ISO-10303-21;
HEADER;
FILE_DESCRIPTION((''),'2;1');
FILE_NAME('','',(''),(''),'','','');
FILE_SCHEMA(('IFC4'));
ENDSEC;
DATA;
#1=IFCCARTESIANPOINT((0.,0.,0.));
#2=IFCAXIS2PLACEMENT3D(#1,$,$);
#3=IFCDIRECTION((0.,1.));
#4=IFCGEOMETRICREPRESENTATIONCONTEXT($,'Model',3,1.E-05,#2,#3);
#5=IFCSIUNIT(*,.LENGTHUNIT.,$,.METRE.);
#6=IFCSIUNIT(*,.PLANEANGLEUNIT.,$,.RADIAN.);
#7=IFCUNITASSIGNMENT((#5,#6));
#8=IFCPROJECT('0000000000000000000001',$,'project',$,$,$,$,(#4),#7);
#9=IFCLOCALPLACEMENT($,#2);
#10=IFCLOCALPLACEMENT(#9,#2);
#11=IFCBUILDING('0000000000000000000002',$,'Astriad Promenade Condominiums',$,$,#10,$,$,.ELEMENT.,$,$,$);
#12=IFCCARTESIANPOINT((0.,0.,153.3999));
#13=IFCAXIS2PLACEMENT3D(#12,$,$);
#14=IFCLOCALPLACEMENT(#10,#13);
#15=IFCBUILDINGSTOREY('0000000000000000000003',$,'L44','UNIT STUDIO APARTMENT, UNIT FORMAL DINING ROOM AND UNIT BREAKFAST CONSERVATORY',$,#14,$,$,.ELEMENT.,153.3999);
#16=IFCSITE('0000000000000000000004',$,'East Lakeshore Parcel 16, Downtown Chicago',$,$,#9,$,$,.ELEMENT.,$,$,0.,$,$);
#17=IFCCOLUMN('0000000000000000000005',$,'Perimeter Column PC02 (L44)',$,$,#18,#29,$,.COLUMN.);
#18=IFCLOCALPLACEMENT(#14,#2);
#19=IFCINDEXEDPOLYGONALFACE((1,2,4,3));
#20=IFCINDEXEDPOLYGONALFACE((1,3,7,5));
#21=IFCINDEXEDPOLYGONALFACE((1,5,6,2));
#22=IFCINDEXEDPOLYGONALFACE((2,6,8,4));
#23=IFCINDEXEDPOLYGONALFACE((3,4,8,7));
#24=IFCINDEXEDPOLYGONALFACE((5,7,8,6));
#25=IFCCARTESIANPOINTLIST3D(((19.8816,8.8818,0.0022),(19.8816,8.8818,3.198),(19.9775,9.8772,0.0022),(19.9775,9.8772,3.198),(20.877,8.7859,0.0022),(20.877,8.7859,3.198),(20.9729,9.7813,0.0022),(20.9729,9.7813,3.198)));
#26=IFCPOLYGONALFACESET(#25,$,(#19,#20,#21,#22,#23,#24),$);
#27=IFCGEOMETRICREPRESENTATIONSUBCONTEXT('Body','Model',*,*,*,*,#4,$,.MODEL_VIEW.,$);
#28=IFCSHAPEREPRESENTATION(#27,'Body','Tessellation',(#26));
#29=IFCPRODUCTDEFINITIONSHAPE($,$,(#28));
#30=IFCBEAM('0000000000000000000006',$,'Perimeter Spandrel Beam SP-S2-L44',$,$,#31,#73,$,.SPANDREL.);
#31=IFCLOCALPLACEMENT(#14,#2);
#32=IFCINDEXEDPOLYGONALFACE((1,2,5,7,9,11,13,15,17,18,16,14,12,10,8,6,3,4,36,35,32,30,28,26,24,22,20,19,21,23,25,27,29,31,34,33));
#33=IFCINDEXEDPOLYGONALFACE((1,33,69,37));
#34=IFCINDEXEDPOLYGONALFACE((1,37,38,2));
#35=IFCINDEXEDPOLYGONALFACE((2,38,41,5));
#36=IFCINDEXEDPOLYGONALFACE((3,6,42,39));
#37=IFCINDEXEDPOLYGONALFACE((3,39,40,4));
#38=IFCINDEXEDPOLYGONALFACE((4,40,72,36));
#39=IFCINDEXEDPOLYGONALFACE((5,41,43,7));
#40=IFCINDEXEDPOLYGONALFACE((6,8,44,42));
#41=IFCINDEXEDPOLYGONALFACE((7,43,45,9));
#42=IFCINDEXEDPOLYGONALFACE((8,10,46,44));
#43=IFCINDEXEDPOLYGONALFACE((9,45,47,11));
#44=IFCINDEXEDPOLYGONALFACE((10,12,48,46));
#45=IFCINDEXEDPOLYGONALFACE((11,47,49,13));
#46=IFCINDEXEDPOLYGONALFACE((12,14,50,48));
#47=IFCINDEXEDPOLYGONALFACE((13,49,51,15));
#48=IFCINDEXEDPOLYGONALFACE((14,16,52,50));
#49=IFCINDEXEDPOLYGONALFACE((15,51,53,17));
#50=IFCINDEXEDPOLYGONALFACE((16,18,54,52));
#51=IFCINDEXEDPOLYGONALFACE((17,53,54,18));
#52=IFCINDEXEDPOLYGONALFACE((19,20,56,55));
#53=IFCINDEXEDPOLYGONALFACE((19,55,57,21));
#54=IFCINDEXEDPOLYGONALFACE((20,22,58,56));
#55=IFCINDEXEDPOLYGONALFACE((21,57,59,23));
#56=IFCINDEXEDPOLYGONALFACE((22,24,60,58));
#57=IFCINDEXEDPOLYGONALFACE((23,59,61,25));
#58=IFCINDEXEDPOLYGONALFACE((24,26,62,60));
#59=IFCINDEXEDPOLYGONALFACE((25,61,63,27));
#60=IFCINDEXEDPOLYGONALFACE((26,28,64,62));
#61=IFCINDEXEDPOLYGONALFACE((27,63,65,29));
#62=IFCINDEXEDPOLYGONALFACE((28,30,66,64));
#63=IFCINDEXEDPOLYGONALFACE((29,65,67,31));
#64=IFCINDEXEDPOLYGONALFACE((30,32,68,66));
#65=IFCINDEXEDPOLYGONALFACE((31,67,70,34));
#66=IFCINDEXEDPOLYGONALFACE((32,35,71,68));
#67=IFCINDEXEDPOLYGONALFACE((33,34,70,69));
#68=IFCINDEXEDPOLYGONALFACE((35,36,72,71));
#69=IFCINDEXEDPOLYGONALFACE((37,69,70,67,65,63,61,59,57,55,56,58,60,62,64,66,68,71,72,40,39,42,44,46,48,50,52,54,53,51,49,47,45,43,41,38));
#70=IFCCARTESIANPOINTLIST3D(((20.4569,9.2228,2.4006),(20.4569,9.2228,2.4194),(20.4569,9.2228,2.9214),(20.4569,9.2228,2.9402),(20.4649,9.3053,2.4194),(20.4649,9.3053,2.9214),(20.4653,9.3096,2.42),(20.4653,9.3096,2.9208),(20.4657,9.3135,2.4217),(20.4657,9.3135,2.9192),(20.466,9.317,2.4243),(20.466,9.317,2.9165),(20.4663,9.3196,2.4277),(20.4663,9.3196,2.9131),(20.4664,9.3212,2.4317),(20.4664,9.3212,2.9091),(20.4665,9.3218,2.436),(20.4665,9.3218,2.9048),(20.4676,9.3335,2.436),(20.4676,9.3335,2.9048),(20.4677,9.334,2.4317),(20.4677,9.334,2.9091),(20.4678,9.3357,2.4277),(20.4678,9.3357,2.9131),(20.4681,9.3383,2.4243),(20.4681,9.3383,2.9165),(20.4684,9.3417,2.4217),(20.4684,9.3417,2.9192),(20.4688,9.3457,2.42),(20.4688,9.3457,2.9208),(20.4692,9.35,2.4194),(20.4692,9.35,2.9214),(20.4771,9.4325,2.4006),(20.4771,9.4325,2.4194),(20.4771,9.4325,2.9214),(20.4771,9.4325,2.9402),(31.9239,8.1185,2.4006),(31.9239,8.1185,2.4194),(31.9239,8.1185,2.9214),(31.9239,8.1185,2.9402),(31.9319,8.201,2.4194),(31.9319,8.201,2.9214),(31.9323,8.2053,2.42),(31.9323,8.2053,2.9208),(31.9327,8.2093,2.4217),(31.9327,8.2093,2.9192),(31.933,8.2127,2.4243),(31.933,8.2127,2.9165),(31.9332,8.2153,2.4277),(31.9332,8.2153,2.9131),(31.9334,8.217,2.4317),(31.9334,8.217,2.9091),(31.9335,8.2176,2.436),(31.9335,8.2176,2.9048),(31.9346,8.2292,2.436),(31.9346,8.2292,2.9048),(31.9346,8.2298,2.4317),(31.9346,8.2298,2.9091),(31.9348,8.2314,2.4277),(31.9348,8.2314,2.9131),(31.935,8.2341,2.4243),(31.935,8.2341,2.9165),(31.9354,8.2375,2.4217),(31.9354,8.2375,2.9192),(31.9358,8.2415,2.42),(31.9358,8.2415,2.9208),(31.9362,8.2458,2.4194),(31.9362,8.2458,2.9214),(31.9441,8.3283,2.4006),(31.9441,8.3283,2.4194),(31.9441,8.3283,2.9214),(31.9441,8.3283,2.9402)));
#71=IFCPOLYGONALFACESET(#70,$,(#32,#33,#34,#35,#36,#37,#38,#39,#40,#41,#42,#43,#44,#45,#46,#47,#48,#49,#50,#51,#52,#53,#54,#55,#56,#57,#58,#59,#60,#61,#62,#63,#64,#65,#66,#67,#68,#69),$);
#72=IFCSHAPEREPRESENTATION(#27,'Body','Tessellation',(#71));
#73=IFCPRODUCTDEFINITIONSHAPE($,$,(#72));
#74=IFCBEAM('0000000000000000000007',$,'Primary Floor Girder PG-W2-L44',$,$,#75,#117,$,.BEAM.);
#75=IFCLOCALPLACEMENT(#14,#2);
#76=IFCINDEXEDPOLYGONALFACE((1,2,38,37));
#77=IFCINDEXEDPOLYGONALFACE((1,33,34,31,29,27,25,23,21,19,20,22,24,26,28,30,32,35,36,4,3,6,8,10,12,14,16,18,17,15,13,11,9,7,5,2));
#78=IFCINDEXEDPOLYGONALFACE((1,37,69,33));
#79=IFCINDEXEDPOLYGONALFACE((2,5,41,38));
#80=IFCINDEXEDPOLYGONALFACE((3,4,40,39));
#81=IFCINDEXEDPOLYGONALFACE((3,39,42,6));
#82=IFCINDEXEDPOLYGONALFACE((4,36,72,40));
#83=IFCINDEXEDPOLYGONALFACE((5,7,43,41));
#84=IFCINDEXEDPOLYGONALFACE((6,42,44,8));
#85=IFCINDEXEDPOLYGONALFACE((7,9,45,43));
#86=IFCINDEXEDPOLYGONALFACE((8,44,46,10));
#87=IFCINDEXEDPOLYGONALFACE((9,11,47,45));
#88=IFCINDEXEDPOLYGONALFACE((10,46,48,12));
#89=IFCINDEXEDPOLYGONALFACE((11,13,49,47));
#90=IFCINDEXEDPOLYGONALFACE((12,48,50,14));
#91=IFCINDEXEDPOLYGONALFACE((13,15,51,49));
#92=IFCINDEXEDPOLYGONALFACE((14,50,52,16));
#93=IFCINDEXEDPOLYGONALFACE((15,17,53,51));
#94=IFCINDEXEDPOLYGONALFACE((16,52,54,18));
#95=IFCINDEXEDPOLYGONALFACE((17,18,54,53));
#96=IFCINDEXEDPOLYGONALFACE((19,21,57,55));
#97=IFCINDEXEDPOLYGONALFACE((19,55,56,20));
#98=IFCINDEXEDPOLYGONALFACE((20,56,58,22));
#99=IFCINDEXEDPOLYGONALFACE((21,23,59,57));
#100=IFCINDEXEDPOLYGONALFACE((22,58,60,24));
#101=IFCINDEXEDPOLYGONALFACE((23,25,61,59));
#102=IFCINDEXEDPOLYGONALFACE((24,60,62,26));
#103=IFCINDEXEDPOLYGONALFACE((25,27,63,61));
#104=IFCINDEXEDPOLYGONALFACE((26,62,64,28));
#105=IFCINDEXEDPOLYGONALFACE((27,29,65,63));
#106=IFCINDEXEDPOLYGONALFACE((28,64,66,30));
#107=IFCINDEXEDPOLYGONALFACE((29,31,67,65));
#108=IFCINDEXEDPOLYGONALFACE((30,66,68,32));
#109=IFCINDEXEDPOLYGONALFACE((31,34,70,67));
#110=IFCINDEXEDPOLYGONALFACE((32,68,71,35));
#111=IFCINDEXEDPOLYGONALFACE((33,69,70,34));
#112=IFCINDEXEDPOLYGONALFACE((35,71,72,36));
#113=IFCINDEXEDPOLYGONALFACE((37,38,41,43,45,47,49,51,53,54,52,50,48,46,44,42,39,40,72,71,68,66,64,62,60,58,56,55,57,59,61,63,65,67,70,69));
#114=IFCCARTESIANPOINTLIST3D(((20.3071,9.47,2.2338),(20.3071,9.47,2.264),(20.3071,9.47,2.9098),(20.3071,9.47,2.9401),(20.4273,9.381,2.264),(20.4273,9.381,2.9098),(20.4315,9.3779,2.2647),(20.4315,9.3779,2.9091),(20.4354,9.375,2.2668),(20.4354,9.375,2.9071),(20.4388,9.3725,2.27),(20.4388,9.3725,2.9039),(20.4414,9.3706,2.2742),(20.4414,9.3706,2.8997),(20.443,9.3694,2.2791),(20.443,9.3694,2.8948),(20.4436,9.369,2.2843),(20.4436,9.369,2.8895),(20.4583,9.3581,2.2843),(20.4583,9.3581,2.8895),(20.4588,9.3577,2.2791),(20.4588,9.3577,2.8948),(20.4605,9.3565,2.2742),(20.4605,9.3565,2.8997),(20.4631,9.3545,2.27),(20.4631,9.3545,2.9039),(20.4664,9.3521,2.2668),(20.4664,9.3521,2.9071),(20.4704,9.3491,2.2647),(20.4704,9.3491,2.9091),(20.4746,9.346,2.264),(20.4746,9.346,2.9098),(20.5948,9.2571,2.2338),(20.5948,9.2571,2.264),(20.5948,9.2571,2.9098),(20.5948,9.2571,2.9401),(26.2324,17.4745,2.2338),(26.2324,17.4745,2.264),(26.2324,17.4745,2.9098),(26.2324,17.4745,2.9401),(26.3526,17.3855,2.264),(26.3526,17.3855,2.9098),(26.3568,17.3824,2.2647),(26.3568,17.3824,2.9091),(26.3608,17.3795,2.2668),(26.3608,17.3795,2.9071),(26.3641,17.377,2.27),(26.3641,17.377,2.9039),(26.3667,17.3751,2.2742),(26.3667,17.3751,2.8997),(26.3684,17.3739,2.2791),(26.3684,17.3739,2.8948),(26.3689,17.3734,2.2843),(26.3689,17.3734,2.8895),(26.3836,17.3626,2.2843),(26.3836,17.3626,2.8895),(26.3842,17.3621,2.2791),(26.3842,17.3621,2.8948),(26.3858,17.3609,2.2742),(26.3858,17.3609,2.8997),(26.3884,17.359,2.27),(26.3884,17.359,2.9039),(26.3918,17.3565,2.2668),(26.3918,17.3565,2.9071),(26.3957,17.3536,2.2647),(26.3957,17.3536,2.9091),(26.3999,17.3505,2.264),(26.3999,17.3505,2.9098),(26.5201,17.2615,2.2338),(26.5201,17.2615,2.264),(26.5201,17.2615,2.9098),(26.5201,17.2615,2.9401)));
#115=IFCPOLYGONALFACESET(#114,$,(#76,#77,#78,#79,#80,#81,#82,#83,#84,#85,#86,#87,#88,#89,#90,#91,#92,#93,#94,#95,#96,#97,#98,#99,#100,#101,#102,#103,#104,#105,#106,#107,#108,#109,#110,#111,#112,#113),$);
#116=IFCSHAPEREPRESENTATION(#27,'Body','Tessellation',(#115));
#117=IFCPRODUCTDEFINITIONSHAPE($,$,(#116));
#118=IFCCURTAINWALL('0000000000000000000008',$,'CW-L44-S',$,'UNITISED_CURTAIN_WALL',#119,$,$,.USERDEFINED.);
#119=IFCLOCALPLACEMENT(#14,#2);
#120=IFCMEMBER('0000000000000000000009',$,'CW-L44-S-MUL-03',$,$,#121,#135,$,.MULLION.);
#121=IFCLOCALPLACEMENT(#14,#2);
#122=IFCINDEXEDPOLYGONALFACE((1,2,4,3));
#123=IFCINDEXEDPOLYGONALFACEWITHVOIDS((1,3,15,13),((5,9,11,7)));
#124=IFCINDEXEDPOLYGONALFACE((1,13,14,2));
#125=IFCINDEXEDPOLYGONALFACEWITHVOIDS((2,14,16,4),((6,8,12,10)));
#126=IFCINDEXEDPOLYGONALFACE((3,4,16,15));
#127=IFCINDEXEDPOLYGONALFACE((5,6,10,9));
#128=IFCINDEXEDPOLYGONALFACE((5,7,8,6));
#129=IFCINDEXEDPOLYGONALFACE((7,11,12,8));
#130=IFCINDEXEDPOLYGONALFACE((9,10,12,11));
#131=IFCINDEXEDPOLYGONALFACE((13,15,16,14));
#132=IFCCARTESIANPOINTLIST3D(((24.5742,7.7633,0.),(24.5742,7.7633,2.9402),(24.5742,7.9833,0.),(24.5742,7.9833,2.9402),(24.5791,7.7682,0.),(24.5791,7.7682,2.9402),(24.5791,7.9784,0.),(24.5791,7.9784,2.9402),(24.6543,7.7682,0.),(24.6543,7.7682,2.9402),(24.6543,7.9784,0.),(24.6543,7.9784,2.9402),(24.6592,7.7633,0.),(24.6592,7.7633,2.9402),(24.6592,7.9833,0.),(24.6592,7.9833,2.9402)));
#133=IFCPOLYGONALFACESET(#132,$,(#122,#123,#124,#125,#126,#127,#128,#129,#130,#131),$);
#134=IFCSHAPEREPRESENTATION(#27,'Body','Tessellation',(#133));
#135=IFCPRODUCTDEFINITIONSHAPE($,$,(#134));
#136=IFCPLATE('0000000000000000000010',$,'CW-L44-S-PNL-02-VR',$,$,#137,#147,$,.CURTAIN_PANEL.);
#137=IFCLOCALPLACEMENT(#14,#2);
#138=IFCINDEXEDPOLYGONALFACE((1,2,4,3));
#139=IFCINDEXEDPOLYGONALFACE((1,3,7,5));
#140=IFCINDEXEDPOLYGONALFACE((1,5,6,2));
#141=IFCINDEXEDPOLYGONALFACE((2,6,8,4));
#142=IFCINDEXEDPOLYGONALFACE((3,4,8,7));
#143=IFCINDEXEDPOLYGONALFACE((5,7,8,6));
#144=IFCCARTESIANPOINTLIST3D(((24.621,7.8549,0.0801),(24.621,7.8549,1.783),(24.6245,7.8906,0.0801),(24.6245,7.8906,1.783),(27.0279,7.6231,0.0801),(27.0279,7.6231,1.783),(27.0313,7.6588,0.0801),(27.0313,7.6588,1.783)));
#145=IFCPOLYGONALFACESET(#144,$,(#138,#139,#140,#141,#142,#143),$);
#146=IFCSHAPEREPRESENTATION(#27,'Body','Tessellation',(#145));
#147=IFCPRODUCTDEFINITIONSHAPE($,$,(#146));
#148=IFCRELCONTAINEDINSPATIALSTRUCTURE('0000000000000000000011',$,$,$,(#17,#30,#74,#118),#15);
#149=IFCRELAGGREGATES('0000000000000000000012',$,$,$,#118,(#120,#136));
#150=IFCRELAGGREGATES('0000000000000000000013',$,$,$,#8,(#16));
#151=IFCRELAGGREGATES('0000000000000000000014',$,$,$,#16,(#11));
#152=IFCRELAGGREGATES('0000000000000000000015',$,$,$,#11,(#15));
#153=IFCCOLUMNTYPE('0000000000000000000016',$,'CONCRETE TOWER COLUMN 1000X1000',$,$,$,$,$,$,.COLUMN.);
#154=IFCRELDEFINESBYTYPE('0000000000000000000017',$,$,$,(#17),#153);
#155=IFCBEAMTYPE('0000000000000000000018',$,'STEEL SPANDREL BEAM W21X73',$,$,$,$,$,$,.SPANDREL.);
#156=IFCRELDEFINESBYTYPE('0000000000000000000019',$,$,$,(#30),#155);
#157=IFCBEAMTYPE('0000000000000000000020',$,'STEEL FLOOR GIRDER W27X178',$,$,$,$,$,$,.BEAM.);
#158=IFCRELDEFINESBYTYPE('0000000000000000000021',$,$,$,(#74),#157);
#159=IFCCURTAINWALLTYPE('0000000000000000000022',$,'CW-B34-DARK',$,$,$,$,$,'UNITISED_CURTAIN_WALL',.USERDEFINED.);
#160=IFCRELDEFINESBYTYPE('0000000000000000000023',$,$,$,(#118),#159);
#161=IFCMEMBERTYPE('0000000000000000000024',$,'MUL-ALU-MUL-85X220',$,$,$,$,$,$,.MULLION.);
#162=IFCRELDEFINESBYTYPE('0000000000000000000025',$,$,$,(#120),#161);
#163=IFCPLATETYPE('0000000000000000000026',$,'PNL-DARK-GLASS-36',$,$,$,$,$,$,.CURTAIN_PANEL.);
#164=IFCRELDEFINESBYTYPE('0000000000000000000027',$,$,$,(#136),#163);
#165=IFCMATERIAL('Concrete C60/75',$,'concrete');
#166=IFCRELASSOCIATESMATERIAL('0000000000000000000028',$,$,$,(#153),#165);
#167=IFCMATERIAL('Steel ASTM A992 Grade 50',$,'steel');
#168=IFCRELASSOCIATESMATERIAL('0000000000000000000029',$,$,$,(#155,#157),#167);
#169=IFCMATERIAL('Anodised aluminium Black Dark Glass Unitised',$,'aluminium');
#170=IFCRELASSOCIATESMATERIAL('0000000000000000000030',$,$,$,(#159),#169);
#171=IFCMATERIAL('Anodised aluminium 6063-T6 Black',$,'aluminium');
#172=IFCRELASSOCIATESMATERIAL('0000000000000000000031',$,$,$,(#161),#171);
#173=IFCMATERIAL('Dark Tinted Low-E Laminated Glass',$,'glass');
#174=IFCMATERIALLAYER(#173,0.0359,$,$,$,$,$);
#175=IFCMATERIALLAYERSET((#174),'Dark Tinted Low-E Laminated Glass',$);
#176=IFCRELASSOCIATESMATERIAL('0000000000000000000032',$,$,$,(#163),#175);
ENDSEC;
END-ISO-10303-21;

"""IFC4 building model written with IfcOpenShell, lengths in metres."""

from ifc_helpers import new_model, si_unit, direction, frame, origin, origin_2d, place, context, subcontext, project, spatial, rectangle, hollow_rectangle, i_section, extrude, source, transform, mapped, material, layer, layer_set, material_profile, profile_set, type_object, type_shapes, element, aggregate, save


model = new_model("IFC4")

# Units and contexts
model_context = context("Model", 3, precision=1e-05, world=origin(), true_north=direction((0.0, 1.0)))
body_context = subcontext(model_context, "Body", "Model", "MODEL_VIEW")
ifc_project = project(units=[si_unit("LENGTHUNIT", "METRE"), si_unit("PLANEANGLEUNIT", "RADIAN")], contexts=[model_context])

# Site, building, storey
site_placement = place(None, origin())
site = spatial("IfcSite", under=ifc_project, at=site_placement, Name="East Lakeshore Parcel 16, Downtown Chicago", CompositionType="ELEMENT", RefElevation=0.0)
building_placement = place(site_placement, origin())
building = spatial("IfcBuilding", under=site, at=building_placement, Name="Astriad Promenade Condominiums", CompositionType="ELEMENT")
storey_placement = place(building_placement, frame((0.0, 0.0, 153.3999)))
storey = spatial("IfcBuildingStorey", under=building, at=storey_placement, Name="L44", Description="UNIT STUDIO APARTMENT, UNIT FORMAL DINING ROOM AND UNIT BREAKFAST CONSERVATORY", CompositionType="ELEMENT", Elevation=153.3999)

# Column
ifc_material_1 = material(Name="Concrete C60/75", Category="concrete")
ifc_material_profile_1 = material_profile(ifc_material_1, rectangle(XDim=1.0, YDim=1.0, at=origin_2d()), Name="RC-COL-1000X1000")
ifc_profile_set_1 = profile_set([ifc_material_profile_1], Name="Concrete C60/75")
column_type = type_object("IfcColumnType", Name="CONCRETE TOWER COLUMN 1000X1000", PredefinedType="COLUMN", material=ifc_profile_set_1)
shared_shape_1 = source(origin(), body_context, "Body", "SweptSolid", [
    extrude(rectangle(XDim=1.0, YDim=1.0, at=origin_2d()), origin(), (0.0, 0.0, 1.0), 3.1958),
])
type_shapes(column_type, [shared_shape_1])
column_placement = place(storey_placement, frame((20.4272, 9.3315, 0.0022), z_axis=(0.0, 0.0, 1.0), x_axis=(0.995396, -0.095846, 0.0)))
element("IfcColumn", 1, at=column_placement, inside=storey, type_object=column_type, Name="Perimeter Column PC02 (L44)", PredefinedType="COLUMN", context=body_context, shape_type="MappedRepresentation", body=[
    mapped(shared_shape_1, transform((0.0, 0.0, 0.0), scale=1.0)),
])

# Beams
ifc_material_2 = material(Name="Steel ASTM A992 Grade 50", Category="steel")
ifc_material_profile_2 = material_profile(ifc_material_2, i_section(OverallWidth=0.2107, OverallDepth=0.5396, WebThickness=0.0117, FlangeThickness=0.0188, FilletRadius=0.0166, at=origin_2d()), Name="W21X73")
ifc_profile_set_2 = profile_set([ifc_material_profile_2], Name="Steel ASTM A992 Grade 50")
beam_type_1 = type_object("IfcBeamType", Name="STEEL SPANDREL BEAM W21X73", PredefinedType="SPANDREL", material=ifc_profile_set_2)
shared_shape_2 = source(origin(), body_context, "Body", "SweptSolid", [
    extrude(i_section(OverallWidth=0.2107, OverallDepth=0.5396, WebThickness=0.0117, FlangeThickness=0.0188, FilletRadius=0.0166, at=origin_2d()), origin(), (0.0, 0.0, 1.0), 11.52),
])
type_shapes(beam_type_1, [shared_shape_2])
beam_1_placement = place(storey_placement, frame((20.467, 9.3276, 2.6704), z_axis=(0.995395, -0.095854, 0.0), x_axis=(0.095854, 0.995395, 0.0)))
element("IfcBeam", 2, at=beam_1_placement, inside=storey, type_object=beam_type_1, Name="Perimeter Spandrel Beam SP-S2-L44", PredefinedType="SPANDREL", context=body_context, shape_type="MappedRepresentation", body=[
    mapped(shared_shape_2, transform((0.0, 0.0, 0.0), scale=1.0)),
])
ifc_material_profile_3 = material_profile(ifc_material_2, i_section(OverallWidth=0.3579, OverallDepth=0.7063, WebThickness=0.0183, FlangeThickness=0.0303, FilletRadius=0.0203, at=origin_2d()), Name="W27X178")
ifc_profile_set_3 = profile_set([ifc_material_profile_3], Name="Steel ASTM A992 Grade 50")
beam_type_2 = type_object("IfcBeamType", Name="STEEL FLOOR GIRDER W27X178", PredefinedType="BEAM", material=ifc_profile_set_3)
shared_shape_3 = source(origin(), body_context, "Body", "SweptSolid", [
    extrude(i_section(OverallWidth=0.3579, OverallDepth=0.7063, WebThickness=0.0183, FlangeThickness=0.0303, FilletRadius=0.0203, at=origin_2d()), origin(), (0.0, 0.0, 1.0), 9.959),
])
type_shapes(beam_type_2, [shared_shape_3])
beam_2_placement = place(storey_placement, frame((20.4509, 9.3635, 2.5869), z_axis=(0.594975, 0.803744, 0.0), x_axis=(-0.803744, 0.594975, 0.0)))
element("IfcBeam", 3, at=beam_2_placement, inside=storey, type_object=beam_type_2, Name="Primary Floor Girder PG-W2-L44", PredefinedType="BEAM", context=body_context, shape_type="MappedRepresentation", body=[
    mapped(shared_shape_3, transform((0.0, 0.0, 0.0), scale=1.0)),
])

# Curtain wall, member, plate
ifc_material_3 = material(Name="Anodised aluminium Black Dark Glass Unitised", Category="aluminium")
curtain_wall_type = type_object("IfcCurtainWallType", Name="CW-B34-DARK", ElementType="UNITISED_CURTAIN_WALL", PredefinedType="USERDEFINED", material=ifc_material_3)
curtain_wall_placement = place(storey_placement, origin())
curtain_wall = element("IfcCurtainWall", 4, at=curtain_wall_placement, inside=storey, type_object=curtain_wall_type, Name="CW-L44-S", ObjectType="UNITISED_CURTAIN_WALL", PredefinedType="USERDEFINED")
ifc_material_4 = material(Name="Anodised aluminium 6063-T6 Black", Category="aluminium")
ifc_material_profile_4 = material_profile(ifc_material_4, hollow_rectangle(XDim=0.085, YDim=0.22, WallThickness=0.0049, at=origin_2d()), Name="ALU-MUL-85X220")
ifc_profile_set_4 = profile_set([ifc_material_profile_4], Name="Anodised aluminium 6063-T6 Black")
member_type = type_object("IfcMemberType", Name="MUL-ALU-MUL-85X220", PredefinedType="MULLION", material=ifc_profile_set_4)
shared_shape_4 = source(origin(), body_context, "Body", "SweptSolid", [
    extrude(hollow_rectangle(XDim=0.085, YDim=0.22, WallThickness=0.0049, at=origin_2d()), origin(), (0.0, 0.0, 1.0), 2.9402),
])
type_shapes(member_type, [shared_shape_4])
member_placement = place(storey_placement, frame((24.6167, 7.8733, 0.0), z_axis=(0.0, 0.0, 1.0), x_axis=(1.0, 0.0, 0.0)))
member = element("IfcMember", 5, at=member_placement, type_object=member_type, Name="CW-L44-S-MUL-03", PredefinedType="MULLION", context=body_context, shape_type="MappedRepresentation", body=[
    mapped(shared_shape_4, transform((0.0, 0.0, 0.0), scale=1.0)),
])
ifc_material_5 = material(Name="Dark Tinted Low-E Laminated Glass", Category="glass")
ifc_layer_1 = layer(ifc_material_5, 0.0359)
ifc_layer_set_1 = layer_set([ifc_layer_1], Name="Dark Tinted Low-E Laminated Glass")
plate_type = type_object("IfcPlateType", Name="PNL-DARK-GLASS-36", PredefinedType="CURTAIN_PANEL", material=ifc_layer_set_1)
shared_shape_5 = source(origin(), body_context, "Body", "SweptSolid", [
    extrude(rectangle(XDim=2.418, YDim=0.0359, at=origin_2d()), origin(), (0.0, 0.0, 1.0), 1.7029),
])
type_shapes(plate_type, [shared_shape_5])
plate_placement = place(storey_placement, frame((25.8262, 7.7568, 0.0801), z_axis=(0.0, 0.0, 1.0), x_axis=(-0.995396, 0.095846, 0.0)))
plate = element("IfcPlate", 6, at=plate_placement, type_object=plate_type, Name="CW-L44-S-PNL-02-VR", PredefinedType="CURTAIN_PANEL", context=body_context, shape_type="MappedRepresentation", body=[
    mapped(shared_shape_5, transform((0.0, 0.0, 0.0), scale=1.0)),
])
aggregate(curtain_wall, [member, plate])

save(model, "model.ifc")
